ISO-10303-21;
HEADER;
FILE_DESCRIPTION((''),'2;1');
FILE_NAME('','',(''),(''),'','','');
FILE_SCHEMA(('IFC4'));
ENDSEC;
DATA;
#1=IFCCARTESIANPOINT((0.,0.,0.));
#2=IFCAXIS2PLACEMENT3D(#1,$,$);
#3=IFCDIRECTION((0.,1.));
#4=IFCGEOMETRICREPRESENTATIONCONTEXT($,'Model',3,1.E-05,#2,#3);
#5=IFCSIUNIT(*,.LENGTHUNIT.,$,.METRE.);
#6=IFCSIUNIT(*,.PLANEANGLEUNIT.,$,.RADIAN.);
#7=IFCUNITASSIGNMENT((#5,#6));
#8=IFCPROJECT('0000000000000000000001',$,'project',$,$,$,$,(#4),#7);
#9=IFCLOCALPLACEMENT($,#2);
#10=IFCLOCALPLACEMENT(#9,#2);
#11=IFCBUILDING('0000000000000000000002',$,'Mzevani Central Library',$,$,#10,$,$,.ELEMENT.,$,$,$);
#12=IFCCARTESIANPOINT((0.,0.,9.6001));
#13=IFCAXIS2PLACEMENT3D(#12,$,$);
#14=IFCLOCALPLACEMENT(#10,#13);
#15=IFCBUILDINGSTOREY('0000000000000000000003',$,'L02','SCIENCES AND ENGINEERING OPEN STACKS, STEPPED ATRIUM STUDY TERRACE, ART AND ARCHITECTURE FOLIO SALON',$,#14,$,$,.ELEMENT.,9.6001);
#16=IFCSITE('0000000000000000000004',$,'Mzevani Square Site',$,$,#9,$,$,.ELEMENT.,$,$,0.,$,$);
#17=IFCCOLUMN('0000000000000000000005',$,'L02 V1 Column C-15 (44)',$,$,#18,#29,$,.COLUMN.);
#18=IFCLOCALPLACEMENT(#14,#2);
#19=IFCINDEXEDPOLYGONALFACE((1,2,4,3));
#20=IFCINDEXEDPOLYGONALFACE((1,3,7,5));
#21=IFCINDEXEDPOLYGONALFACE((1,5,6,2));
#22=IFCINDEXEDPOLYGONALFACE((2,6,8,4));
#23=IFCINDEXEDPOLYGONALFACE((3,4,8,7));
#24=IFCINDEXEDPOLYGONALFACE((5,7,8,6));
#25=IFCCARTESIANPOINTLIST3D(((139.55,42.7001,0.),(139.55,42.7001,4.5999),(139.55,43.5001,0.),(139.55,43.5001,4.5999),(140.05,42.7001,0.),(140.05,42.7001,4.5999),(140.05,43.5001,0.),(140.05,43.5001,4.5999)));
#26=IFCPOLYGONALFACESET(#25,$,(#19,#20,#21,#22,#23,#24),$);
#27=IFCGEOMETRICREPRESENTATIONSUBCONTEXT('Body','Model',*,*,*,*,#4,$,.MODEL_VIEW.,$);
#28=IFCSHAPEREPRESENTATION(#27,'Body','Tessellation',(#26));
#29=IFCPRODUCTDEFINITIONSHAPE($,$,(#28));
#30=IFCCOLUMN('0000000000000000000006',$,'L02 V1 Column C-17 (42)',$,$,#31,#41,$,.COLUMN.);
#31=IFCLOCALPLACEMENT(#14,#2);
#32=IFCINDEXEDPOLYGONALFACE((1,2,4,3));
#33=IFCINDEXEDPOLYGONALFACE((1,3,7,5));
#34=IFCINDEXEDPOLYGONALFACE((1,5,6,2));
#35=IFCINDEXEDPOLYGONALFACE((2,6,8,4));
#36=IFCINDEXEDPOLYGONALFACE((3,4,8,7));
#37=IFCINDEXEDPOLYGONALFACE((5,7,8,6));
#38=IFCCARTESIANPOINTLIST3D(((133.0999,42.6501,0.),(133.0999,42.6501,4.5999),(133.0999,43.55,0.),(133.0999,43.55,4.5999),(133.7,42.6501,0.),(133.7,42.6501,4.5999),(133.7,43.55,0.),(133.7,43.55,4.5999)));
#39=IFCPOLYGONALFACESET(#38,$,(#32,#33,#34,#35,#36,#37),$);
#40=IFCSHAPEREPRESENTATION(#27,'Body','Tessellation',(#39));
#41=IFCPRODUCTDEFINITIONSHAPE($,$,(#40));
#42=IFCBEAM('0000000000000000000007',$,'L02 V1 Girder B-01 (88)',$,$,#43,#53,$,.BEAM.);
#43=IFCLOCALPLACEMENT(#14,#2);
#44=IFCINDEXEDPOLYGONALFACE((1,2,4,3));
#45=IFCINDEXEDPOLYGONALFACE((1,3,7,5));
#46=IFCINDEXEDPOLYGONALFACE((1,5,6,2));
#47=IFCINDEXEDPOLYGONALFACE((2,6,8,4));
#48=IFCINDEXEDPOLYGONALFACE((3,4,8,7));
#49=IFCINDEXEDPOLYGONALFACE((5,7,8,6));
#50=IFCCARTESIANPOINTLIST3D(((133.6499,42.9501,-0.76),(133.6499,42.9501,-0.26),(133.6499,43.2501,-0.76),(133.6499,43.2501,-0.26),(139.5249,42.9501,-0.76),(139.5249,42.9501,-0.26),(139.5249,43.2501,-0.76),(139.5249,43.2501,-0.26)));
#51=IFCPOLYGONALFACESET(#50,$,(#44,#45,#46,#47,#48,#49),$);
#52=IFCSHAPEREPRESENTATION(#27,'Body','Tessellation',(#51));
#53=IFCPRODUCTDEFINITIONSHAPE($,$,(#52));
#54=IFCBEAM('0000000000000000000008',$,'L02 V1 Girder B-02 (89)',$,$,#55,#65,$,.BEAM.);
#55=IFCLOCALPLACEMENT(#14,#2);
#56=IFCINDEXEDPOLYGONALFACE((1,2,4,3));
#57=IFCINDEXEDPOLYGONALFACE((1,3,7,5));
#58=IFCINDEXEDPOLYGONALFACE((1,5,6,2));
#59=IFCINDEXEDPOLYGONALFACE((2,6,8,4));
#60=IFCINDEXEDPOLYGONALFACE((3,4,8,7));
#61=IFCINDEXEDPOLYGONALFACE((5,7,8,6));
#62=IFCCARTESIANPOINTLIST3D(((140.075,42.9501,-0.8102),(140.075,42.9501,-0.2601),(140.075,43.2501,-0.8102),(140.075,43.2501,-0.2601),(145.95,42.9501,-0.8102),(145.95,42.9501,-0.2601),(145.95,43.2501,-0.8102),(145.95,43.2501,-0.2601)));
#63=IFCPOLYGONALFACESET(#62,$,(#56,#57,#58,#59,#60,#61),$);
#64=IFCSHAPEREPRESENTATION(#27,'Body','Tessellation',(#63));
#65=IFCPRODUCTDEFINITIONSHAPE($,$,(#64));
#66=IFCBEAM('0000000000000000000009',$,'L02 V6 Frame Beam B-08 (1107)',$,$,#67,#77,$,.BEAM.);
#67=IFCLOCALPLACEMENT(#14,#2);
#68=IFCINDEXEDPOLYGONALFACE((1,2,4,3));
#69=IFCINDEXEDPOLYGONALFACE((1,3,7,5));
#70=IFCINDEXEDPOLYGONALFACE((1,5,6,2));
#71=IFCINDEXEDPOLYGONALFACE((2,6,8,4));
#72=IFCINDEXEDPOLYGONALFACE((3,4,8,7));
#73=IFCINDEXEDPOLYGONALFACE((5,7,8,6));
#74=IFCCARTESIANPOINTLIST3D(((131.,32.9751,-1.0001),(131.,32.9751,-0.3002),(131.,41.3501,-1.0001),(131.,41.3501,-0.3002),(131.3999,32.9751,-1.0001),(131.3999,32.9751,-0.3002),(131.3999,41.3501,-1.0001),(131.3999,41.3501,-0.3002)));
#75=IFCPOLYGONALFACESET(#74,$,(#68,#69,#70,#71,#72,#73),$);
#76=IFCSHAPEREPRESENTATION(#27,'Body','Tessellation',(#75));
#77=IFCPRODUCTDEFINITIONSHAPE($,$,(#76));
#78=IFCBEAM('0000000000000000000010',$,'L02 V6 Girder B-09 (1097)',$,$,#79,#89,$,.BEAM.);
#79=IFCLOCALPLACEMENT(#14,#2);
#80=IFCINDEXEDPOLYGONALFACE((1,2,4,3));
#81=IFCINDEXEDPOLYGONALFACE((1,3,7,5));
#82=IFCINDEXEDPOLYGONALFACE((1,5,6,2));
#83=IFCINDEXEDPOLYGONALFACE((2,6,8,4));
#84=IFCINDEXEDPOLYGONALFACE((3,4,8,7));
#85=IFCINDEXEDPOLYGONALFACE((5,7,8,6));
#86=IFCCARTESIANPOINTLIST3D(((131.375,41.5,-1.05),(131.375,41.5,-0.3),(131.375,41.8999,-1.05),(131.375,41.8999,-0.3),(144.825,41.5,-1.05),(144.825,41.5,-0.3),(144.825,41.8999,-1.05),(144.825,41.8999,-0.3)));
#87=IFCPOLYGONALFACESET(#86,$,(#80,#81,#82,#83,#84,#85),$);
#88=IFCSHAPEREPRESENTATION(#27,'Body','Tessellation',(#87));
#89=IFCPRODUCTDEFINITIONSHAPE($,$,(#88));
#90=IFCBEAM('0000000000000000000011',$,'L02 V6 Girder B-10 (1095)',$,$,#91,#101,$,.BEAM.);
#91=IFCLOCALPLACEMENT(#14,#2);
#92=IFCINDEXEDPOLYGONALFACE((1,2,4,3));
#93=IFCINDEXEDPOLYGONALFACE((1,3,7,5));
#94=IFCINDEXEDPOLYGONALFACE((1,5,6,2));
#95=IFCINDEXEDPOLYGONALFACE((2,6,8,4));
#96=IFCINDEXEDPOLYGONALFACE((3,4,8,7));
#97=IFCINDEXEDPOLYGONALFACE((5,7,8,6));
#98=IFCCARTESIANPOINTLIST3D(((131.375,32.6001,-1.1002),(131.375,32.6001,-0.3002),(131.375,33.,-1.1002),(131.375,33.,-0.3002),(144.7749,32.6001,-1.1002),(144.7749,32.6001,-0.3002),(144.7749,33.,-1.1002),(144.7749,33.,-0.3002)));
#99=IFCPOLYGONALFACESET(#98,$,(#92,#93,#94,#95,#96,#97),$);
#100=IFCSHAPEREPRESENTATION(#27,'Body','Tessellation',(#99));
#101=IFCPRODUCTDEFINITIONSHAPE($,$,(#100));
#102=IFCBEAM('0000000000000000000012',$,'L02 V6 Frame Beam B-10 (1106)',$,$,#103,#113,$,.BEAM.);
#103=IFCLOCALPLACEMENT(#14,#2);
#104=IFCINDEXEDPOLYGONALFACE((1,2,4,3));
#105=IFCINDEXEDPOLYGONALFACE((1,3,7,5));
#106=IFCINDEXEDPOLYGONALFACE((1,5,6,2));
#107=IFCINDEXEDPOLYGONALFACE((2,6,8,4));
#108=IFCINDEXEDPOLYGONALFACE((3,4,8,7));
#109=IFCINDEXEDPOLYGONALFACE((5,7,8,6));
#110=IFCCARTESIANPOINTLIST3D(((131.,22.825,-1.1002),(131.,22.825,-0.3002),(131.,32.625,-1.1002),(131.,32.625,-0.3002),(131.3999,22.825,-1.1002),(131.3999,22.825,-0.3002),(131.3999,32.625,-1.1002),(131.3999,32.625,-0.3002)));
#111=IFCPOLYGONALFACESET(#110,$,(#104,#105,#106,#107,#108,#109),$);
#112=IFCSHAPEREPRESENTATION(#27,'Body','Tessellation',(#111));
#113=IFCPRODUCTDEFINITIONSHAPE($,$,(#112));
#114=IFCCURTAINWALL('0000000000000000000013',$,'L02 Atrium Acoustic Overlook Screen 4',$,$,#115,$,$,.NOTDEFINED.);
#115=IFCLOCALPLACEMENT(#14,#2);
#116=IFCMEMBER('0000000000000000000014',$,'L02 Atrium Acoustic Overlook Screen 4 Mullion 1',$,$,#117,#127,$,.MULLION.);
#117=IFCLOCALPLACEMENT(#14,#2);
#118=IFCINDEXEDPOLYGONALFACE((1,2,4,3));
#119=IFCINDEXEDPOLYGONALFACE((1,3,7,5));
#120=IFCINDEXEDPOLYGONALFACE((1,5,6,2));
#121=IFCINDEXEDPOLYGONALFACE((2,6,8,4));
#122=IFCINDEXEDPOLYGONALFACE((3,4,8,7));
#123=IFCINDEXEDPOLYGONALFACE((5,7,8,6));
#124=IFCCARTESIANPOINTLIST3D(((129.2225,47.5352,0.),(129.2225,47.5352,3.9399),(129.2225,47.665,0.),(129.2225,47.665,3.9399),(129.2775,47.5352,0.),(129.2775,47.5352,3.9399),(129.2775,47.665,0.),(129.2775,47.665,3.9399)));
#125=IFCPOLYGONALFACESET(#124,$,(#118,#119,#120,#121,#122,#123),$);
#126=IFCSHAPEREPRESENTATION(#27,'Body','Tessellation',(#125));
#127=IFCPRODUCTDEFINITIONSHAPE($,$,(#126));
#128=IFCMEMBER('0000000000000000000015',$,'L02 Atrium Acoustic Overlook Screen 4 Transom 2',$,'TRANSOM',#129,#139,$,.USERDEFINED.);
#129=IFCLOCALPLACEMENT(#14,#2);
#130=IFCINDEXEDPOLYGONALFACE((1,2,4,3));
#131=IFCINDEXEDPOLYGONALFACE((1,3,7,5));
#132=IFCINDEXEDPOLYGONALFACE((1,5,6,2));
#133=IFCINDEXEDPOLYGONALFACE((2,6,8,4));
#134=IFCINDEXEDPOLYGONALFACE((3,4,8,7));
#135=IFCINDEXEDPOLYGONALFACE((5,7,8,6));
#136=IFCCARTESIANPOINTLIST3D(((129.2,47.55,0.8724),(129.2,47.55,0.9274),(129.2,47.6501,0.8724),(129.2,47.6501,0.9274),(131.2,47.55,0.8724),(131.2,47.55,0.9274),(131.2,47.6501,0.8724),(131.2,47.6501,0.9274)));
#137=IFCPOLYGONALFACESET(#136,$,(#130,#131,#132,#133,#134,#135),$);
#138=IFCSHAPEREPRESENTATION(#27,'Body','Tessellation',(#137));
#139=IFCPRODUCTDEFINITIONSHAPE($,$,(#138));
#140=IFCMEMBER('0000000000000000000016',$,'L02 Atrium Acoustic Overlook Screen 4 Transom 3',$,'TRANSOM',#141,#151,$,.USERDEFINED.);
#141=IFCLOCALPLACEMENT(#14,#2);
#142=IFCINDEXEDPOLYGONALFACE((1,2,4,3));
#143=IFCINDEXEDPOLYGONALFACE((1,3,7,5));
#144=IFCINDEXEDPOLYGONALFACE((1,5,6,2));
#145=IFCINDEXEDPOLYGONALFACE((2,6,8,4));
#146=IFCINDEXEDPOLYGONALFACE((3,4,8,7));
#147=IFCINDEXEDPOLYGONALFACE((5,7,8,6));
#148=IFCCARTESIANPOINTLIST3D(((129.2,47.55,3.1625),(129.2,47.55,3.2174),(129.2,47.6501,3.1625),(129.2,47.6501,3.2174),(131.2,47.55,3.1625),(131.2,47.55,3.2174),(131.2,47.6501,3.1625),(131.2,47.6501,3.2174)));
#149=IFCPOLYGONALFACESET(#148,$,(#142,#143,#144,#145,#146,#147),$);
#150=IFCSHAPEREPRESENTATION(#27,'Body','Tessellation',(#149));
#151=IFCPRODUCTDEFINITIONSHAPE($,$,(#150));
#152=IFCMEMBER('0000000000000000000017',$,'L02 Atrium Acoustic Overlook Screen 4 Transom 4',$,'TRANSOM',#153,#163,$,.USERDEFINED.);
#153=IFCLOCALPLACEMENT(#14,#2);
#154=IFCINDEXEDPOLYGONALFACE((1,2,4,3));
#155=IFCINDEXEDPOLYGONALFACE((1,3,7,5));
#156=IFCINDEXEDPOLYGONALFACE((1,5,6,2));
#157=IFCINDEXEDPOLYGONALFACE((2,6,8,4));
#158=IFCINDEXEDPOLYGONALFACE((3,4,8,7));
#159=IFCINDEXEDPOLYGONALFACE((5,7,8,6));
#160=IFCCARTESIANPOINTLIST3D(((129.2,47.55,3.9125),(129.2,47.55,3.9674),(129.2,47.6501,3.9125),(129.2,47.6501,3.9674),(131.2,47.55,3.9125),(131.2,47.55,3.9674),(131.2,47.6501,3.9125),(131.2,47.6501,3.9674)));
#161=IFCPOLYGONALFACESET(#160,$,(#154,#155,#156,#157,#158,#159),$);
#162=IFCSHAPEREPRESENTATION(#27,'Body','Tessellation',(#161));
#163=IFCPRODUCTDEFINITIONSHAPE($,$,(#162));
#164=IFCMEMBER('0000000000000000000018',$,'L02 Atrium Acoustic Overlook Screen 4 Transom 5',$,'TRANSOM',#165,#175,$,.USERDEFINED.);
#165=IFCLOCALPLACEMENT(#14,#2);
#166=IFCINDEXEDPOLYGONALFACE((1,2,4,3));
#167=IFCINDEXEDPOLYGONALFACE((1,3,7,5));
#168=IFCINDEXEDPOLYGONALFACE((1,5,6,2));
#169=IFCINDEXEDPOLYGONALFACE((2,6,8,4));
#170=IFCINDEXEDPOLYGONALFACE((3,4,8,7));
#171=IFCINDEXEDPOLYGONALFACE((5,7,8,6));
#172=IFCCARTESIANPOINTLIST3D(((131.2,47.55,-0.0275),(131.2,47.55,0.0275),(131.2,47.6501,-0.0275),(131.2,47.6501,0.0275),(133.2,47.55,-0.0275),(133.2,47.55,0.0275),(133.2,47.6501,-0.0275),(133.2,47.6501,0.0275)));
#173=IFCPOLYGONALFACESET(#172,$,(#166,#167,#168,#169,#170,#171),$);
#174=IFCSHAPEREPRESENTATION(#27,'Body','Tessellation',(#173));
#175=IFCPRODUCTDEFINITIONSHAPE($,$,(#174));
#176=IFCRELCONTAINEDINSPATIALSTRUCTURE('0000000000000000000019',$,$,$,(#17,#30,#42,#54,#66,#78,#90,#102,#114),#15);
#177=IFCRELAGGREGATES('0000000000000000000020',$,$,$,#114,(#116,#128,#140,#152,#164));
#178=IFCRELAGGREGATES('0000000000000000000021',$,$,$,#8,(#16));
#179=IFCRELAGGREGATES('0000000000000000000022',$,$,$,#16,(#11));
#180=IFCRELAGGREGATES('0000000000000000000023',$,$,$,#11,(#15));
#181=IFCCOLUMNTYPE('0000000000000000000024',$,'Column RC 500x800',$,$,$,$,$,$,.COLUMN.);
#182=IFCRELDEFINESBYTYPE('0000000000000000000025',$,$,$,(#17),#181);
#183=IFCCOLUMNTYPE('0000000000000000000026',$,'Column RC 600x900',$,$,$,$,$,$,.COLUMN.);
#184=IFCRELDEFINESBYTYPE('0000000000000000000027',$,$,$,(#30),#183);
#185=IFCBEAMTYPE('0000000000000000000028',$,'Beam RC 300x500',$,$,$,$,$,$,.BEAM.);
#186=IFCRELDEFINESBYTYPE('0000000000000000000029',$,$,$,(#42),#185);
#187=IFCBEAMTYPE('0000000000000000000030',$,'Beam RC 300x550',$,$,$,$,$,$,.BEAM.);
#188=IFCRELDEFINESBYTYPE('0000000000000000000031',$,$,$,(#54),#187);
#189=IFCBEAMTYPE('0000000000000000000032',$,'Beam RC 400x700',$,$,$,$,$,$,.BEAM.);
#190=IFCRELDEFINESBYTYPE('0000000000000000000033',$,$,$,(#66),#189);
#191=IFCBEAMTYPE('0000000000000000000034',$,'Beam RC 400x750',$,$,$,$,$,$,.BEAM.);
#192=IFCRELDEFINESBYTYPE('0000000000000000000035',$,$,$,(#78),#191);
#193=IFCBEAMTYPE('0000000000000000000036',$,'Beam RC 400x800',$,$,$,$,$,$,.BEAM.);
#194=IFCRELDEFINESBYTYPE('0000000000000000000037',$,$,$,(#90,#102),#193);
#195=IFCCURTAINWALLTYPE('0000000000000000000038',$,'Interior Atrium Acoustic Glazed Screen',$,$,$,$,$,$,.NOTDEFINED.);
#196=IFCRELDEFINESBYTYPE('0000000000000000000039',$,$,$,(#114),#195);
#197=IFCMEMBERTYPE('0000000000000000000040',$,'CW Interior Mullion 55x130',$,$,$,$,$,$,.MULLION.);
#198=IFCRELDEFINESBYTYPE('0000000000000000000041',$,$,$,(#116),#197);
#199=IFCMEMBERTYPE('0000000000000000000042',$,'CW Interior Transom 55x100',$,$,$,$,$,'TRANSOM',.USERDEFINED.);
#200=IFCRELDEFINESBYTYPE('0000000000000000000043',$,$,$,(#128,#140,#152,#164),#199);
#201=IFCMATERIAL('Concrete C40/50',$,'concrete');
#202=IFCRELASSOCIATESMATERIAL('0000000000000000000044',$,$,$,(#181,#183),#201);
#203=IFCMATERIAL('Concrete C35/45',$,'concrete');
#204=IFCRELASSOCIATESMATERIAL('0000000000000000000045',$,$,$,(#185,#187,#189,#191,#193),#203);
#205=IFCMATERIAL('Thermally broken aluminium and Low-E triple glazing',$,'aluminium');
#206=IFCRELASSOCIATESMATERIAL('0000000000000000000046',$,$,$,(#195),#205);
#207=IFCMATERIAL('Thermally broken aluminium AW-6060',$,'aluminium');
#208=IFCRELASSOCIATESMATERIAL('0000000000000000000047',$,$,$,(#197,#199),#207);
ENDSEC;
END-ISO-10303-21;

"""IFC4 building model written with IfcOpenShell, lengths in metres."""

from ifc_helpers import new_model, si_unit, direction, frame, origin, origin_2d, place, context, subcontext, project, spatial, rectangle, extrude, material, material_profile, profile_set, type_object, element, aggregate, save


model = new_model("IFC4")

# Units and contexts
model_context = context("Model", 3, precision=1e-05, world=origin(), true_north=direction((0.0, 1.0)))
body_context = subcontext(model_context, "Body", "Model", "MODEL_VIEW")
ifc_project = project(units=[si_unit("LENGTHUNIT", "METRE"), si_unit("PLANEANGLEUNIT", "RADIAN")], contexts=[model_context])

# Site, building, storey
site_placement = place(None, origin())
site = spatial("IfcSite", under=ifc_project, at=site_placement, Name="Mzevani Square Site", CompositionType="ELEMENT", RefElevation=0.0)
building_placement = place(site_placement, origin())
building = spatial("IfcBuilding", under=site, at=building_placement, Name="Mzevani Central Library", CompositionType="ELEMENT")
storey_placement = place(building_placement, frame((0.0, 0.0, 9.6001)))
storey = spatial("IfcBuildingStorey", under=building, at=storey_placement, Name="L02", Description="SCIENCES AND ENGINEERING OPEN STACKS, STEPPED ATRIUM STUDY TERRACE, ART AND ARCHITECTURE FOLIO SALON", CompositionType="ELEMENT", Elevation=9.6001)

# Columns
ifc_material_1 = material(Name="Concrete C40/50", Category="concrete")
ifc_material_profile_1 = material_profile(ifc_material_1, rectangle(XDim=0.5, YDim=0.8, at=origin_2d()), Name="RC 500x800")
ifc_profile_set_1 = profile_set([ifc_material_profile_1], Name="Concrete C40/50")
column_type_1 = type_object("IfcColumnType", Name="Column RC 500x800", PredefinedType="COLUMN", material=ifc_profile_set_1)
column_1_placement = place(storey_placement, frame((139.8, 43.1001, 0.0), z_axis=(0.0, 0.0, 1.0), x_axis=(1.0, 0.0, 0.0)))
element("IfcColumn", 1, at=column_1_placement, inside=storey, type_object=column_type_1, Name="L02 V1 Column C-15 (44)", PredefinedType="COLUMN", context=body_context, shape_type="SweptSolid", body=[
    extrude(rectangle(XDim=0.5, YDim=0.8, at=origin_2d()), origin(), (0.0, 0.0, 1.0), 4.5999),
])
ifc_material_profile_2 = material_profile(ifc_material_1, rectangle(XDim=0.6001, YDim=0.8999, at=origin_2d()), Name="RC 600x900")
ifc_profile_set_2 = profile_set([ifc_material_profile_2], Name="Concrete C40/50")
column_type_2 = type_object("IfcColumnType", Name="Column RC 600x900", PredefinedType="COLUMN", material=ifc_profile_set_2)
column_2_placement = place(storey_placement, frame((133.3999, 43.1001, 0.0), z_axis=(0.0, 0.0, 1.0), x_axis=(1.0, 0.0, 0.0)))
element("IfcColumn", 2, at=column_2_placement, inside=storey, type_object=column_type_2, Name="L02 V1 Column C-17 (42)", PredefinedType="COLUMN", context=body_context, shape_type="SweptSolid", body=[
    extrude(rectangle(XDim=0.6001, YDim=0.8999, at=origin_2d()), origin(), (0.0, 0.0, 1.0), 4.5999),
])

# Beams
ifc_material_2 = material(Name="Concrete C35/45", Category="concrete")
ifc_material_profile_3 = material_profile(ifc_material_2, rectangle(XDim=0.3, YDim=0.5, at=origin_2d()), Name="RC B300x500")
ifc_profile_set_3 = profile_set([ifc_material_profile_3], Name="Concrete C35/45")
beam_type_1 = type_object("IfcBeamType", Name="Beam RC 300x500", PredefinedType="BEAM", material=ifc_profile_set_3)
beam_1_placement = place(storey_placement, frame((133.6499, 43.1001, -0.51), z_axis=(1.0, 0.0, 0.0), x_axis=(0.0, 1.0, 0.0)))
element("IfcBeam", 3, at=beam_1_placement, inside=storey, type_object=beam_type_1, Name="L02 V1 Girder B-01 (88)", PredefinedType="BEAM", context=body_context, shape_type="SweptSolid", body=[
    extrude(rectangle(XDim=0.3, YDim=0.5, at=origin_2d()), origin(), (0.0, 0.0, 1.0), 5.875),
])
ifc_material_profile_4 = material_profile(ifc_material_2, rectangle(XDim=0.3, YDim=0.55, at=origin_2d()), Name="RC B300x550")
ifc_profile_set_4 = profile_set([ifc_material_profile_4], Name="Concrete C35/45")
beam_type_2 = type_object("IfcBeamType", Name="Beam RC 300x550", PredefinedType="BEAM", material=ifc_profile_set_4)
beam_2_placement = place(storey_placement, frame((140.075, 43.1001, -0.5352), z_axis=(1.0, 0.0, 0.0), x_axis=(0.0, 1.0, 0.0)))
element("IfcBeam", 4, at=beam_2_placement, inside=storey, type_object=beam_type_2, Name="L02 V1 Girder B-02 (89)", PredefinedType="BEAM", context=body_context, shape_type="SweptSolid", body=[
    extrude(rectangle(XDim=0.3, YDim=0.55, at=origin_2d()), origin(), (0.0, 0.0, 1.0), 5.875),
])
ifc_material_profile_5 = material_profile(ifc_material_2, rectangle(XDim=0.3999, YDim=0.7, at=origin_2d()), Name="RC B400x700")
ifc_profile_set_5 = profile_set([ifc_material_profile_5], Name="Concrete C35/45")
beam_type_3 = type_object("IfcBeamType", Name="Beam RC 400x700", PredefinedType="BEAM", material=ifc_profile_set_5)
beam_3_placement = place(storey_placement, frame((131.2, 32.9751, -0.6501), z_axis=(0.0, 1.0, 0.0), x_axis=(-1.0, 0.0, 0.0)))
element("IfcBeam", 5, at=beam_3_placement, inside=storey, type_object=beam_type_3, Name="L02 V6 Frame Beam B-08 (1107)", PredefinedType="BEAM", context=body_context, shape_type="SweptSolid", body=[
    extrude(rectangle(XDim=0.3999, YDim=0.7, at=origin_2d()), origin(), (0.0, 0.0, 1.0), 8.375),
])
ifc_material_profile_6 = material_profile(ifc_material_2, rectangle(XDim=0.3999, YDim=0.75, at=origin_2d()), Name="RC B400x750")
ifc_profile_set_6 = profile_set([ifc_material_profile_6], Name="Concrete C35/45")
beam_type_4 = type_object("IfcBeamType", Name="Beam RC 400x750", PredefinedType="BEAM", material=ifc_profile_set_6)
beam_4_placement = place(storey_placement, frame((131.375, 41.7, -0.675), z_axis=(1.0, 0.0, 0.0), x_axis=(0.0, 1.0, 0.0)))
element("IfcBeam", 6, at=beam_4_placement, inside=storey, type_object=beam_type_4, Name="L02 V6 Girder B-09 (1097)", PredefinedType="BEAM", context=body_context, shape_type="SweptSolid", body=[
    extrude(rectangle(XDim=0.3999, YDim=0.75, at=origin_2d()), origin(), (0.0, 0.0, 1.0), 13.45),
])
ifc_material_profile_7 = material_profile(ifc_material_2, rectangle(XDim=0.3999, YDim=0.8, at=origin_2d()), Name="RC B400x800")
ifc_profile_set_7 = profile_set([ifc_material_profile_7], Name="Concrete C35/45")
beam_type_5 = type_object("IfcBeamType", Name="Beam RC 400x800", PredefinedType="BEAM", material=ifc_profile_set_7)
beam_5_placement = place(storey_placement, frame((131.375, 32.8, -0.7002), z_axis=(1.0, 0.0, 0.0), x_axis=(0.0, 1.0, 0.0)))
element("IfcBeam", 7, at=beam_5_placement, inside=storey, type_object=beam_type_5, Name="L02 V6 Girder B-10 (1095)", PredefinedType="BEAM", context=body_context, shape_type="SweptSolid", body=[
    extrude(rectangle(XDim=0.3999, YDim=0.8, at=origin_2d()), origin(), (0.0, 0.0, 1.0), 13.3999),
])
beam_6_placement = place(storey_placement, frame((131.2, 22.825, -0.7002), z_axis=(0.0, 1.0, 0.0), x_axis=(-1.0, 0.0, 0.0)))
element("IfcBeam", 8, at=beam_6_placement, inside=storey, type_object=beam_type_5, Name="L02 V6 Frame Beam B-10 (1106)", PredefinedType="BEAM", context=body_context, shape_type="SweptSolid", body=[
    extrude(rectangle(XDim=0.3999, YDim=0.8, at=origin_2d()), origin(), (0.0, 0.0, 1.0), 9.8),
])

# Curtain wall, members
ifc_material_3 = material(Name="Thermally broken aluminium and Low-E triple glazing", Category="aluminium")
curtain_wall_type = type_object("IfcCurtainWallType", Name="Interior Atrium Acoustic Glazed Screen", PredefinedType="NOTDEFINED", material=ifc_material_3)
curtain_wall_placement = place(storey_placement, origin())
curtain_wall = element("IfcCurtainWall", 9, at=curtain_wall_placement, inside=storey, type_object=curtain_wall_type, Name="L02 Atrium Acoustic Overlook Screen 4", PredefinedType="NOTDEFINED")
ifc_material_4 = material(Name="Thermally broken aluminium AW-6060", Category="aluminium")
ifc_material_profile_8 = material_profile(ifc_material_4, rectangle(XDim=0.0549, YDim=0.1299, at=origin_2d()), Name="ALU M55x130")
ifc_profile_set_8 = profile_set([ifc_material_profile_8], Name="Thermally broken aluminium AW-6060")
member_type_1 = type_object("IfcMemberType", Name="CW Interior Mullion 55x130", PredefinedType="MULLION", material=ifc_profile_set_8)
member_1_placement = place(storey_placement, frame((129.25, 47.6001, 0.0), z_axis=(0.0, 0.0, 1.0), x_axis=(1.0, 0.0, 0.0)))
member_1 = element("IfcMember", 10, at=member_1_placement, type_object=member_type_1, Name="L02 Atrium Acoustic Overlook Screen 4 Mullion 1", PredefinedType="MULLION", context=body_context, shape_type="SweptSolid", body=[
    extrude(rectangle(XDim=0.0549, YDim=0.1299, at=origin_2d()), origin(), (0.0, 0.0, 1.0), 3.9399),
])
ifc_material_profile_9 = material_profile(ifc_material_4, rectangle(XDim=0.1001, YDim=0.0549, at=origin_2d()), Name="ALU T55x100")
ifc_profile_set_9 = profile_set([ifc_material_profile_9], Name="Thermally broken aluminium AW-6060")
member_type_2 = type_object("IfcMemberType", Name="CW Interior Transom 55x100", ElementType="TRANSOM", PredefinedType="USERDEFINED", material=ifc_profile_set_9)
member_2_placement = place(storey_placement, frame((129.2, 47.6001, 0.8999), z_axis=(1.0, 0.0, 0.0), x_axis=(0.0, 1.0, 0.0)))
member_2 = element("IfcMember", 11, at=member_2_placement, type_object=member_type_2, Name="L02 Atrium Acoustic Overlook Screen 4 Transom 2", ObjectType="TRANSOM", PredefinedType="USERDEFINED", context=body_context, shape_type="SweptSolid", body=[
    extrude(rectangle(XDim=0.1001, YDim=0.0549, at=origin_2d()), origin(), (0.0, 0.0, 1.0), 2.0),
])
member_3_placement = place(storey_placement, frame((129.2, 47.6001, 3.1899), z_axis=(1.0, 0.0, 0.0), x_axis=(0.0, 1.0, 0.0)))
member_3 = element("IfcMember", 12, at=member_3_placement, type_object=member_type_2, Name="L02 Atrium Acoustic Overlook Screen 4 Transom 3", ObjectType="TRANSOM", PredefinedType="USERDEFINED", context=body_context, shape_type="SweptSolid", body=[
    extrude(rectangle(XDim=0.1001, YDim=0.0549, at=origin_2d()), origin(), (0.0, 0.0, 1.0), 2.0),
])
member_4_placement = place(storey_placement, frame((129.2, 47.6001, 3.9399), z_axis=(1.0, 0.0, 0.0), x_axis=(0.0, 1.0, 0.0)))
member_4 = element("IfcMember", 13, at=member_4_placement, type_object=member_type_2, Name="L02 Atrium Acoustic Overlook Screen 4 Transom 4", ObjectType="TRANSOM", PredefinedType="USERDEFINED", context=body_context, shape_type="SweptSolid", body=[
    extrude(rectangle(XDim=0.1001, YDim=0.0549, at=origin_2d()), origin(), (0.0, 0.0, 1.0), 2.0),
])
member_5_placement = place(storey_placement, frame((131.2, 47.6001, 0.0), z_axis=(1.0, 0.0, 0.0), x_axis=(0.0, 1.0, 0.0)))
member_5 = element("IfcMember", 14, at=member_5_placement, type_object=member_type_2, Name="L02 Atrium Acoustic Overlook Screen 4 Transom 5", ObjectType="TRANSOM", PredefinedType="USERDEFINED", context=body_context, shape_type="SweptSolid", body=[
    extrude(rectangle(XDim=0.1001, YDim=0.0549, at=origin_2d()), origin(), (0.0, 0.0, 1.0), 2.0),
])

aggregate(curtain_wall, [member_1, member_2, member_3, member_4, member_5])

save(model, "model.ifc")
